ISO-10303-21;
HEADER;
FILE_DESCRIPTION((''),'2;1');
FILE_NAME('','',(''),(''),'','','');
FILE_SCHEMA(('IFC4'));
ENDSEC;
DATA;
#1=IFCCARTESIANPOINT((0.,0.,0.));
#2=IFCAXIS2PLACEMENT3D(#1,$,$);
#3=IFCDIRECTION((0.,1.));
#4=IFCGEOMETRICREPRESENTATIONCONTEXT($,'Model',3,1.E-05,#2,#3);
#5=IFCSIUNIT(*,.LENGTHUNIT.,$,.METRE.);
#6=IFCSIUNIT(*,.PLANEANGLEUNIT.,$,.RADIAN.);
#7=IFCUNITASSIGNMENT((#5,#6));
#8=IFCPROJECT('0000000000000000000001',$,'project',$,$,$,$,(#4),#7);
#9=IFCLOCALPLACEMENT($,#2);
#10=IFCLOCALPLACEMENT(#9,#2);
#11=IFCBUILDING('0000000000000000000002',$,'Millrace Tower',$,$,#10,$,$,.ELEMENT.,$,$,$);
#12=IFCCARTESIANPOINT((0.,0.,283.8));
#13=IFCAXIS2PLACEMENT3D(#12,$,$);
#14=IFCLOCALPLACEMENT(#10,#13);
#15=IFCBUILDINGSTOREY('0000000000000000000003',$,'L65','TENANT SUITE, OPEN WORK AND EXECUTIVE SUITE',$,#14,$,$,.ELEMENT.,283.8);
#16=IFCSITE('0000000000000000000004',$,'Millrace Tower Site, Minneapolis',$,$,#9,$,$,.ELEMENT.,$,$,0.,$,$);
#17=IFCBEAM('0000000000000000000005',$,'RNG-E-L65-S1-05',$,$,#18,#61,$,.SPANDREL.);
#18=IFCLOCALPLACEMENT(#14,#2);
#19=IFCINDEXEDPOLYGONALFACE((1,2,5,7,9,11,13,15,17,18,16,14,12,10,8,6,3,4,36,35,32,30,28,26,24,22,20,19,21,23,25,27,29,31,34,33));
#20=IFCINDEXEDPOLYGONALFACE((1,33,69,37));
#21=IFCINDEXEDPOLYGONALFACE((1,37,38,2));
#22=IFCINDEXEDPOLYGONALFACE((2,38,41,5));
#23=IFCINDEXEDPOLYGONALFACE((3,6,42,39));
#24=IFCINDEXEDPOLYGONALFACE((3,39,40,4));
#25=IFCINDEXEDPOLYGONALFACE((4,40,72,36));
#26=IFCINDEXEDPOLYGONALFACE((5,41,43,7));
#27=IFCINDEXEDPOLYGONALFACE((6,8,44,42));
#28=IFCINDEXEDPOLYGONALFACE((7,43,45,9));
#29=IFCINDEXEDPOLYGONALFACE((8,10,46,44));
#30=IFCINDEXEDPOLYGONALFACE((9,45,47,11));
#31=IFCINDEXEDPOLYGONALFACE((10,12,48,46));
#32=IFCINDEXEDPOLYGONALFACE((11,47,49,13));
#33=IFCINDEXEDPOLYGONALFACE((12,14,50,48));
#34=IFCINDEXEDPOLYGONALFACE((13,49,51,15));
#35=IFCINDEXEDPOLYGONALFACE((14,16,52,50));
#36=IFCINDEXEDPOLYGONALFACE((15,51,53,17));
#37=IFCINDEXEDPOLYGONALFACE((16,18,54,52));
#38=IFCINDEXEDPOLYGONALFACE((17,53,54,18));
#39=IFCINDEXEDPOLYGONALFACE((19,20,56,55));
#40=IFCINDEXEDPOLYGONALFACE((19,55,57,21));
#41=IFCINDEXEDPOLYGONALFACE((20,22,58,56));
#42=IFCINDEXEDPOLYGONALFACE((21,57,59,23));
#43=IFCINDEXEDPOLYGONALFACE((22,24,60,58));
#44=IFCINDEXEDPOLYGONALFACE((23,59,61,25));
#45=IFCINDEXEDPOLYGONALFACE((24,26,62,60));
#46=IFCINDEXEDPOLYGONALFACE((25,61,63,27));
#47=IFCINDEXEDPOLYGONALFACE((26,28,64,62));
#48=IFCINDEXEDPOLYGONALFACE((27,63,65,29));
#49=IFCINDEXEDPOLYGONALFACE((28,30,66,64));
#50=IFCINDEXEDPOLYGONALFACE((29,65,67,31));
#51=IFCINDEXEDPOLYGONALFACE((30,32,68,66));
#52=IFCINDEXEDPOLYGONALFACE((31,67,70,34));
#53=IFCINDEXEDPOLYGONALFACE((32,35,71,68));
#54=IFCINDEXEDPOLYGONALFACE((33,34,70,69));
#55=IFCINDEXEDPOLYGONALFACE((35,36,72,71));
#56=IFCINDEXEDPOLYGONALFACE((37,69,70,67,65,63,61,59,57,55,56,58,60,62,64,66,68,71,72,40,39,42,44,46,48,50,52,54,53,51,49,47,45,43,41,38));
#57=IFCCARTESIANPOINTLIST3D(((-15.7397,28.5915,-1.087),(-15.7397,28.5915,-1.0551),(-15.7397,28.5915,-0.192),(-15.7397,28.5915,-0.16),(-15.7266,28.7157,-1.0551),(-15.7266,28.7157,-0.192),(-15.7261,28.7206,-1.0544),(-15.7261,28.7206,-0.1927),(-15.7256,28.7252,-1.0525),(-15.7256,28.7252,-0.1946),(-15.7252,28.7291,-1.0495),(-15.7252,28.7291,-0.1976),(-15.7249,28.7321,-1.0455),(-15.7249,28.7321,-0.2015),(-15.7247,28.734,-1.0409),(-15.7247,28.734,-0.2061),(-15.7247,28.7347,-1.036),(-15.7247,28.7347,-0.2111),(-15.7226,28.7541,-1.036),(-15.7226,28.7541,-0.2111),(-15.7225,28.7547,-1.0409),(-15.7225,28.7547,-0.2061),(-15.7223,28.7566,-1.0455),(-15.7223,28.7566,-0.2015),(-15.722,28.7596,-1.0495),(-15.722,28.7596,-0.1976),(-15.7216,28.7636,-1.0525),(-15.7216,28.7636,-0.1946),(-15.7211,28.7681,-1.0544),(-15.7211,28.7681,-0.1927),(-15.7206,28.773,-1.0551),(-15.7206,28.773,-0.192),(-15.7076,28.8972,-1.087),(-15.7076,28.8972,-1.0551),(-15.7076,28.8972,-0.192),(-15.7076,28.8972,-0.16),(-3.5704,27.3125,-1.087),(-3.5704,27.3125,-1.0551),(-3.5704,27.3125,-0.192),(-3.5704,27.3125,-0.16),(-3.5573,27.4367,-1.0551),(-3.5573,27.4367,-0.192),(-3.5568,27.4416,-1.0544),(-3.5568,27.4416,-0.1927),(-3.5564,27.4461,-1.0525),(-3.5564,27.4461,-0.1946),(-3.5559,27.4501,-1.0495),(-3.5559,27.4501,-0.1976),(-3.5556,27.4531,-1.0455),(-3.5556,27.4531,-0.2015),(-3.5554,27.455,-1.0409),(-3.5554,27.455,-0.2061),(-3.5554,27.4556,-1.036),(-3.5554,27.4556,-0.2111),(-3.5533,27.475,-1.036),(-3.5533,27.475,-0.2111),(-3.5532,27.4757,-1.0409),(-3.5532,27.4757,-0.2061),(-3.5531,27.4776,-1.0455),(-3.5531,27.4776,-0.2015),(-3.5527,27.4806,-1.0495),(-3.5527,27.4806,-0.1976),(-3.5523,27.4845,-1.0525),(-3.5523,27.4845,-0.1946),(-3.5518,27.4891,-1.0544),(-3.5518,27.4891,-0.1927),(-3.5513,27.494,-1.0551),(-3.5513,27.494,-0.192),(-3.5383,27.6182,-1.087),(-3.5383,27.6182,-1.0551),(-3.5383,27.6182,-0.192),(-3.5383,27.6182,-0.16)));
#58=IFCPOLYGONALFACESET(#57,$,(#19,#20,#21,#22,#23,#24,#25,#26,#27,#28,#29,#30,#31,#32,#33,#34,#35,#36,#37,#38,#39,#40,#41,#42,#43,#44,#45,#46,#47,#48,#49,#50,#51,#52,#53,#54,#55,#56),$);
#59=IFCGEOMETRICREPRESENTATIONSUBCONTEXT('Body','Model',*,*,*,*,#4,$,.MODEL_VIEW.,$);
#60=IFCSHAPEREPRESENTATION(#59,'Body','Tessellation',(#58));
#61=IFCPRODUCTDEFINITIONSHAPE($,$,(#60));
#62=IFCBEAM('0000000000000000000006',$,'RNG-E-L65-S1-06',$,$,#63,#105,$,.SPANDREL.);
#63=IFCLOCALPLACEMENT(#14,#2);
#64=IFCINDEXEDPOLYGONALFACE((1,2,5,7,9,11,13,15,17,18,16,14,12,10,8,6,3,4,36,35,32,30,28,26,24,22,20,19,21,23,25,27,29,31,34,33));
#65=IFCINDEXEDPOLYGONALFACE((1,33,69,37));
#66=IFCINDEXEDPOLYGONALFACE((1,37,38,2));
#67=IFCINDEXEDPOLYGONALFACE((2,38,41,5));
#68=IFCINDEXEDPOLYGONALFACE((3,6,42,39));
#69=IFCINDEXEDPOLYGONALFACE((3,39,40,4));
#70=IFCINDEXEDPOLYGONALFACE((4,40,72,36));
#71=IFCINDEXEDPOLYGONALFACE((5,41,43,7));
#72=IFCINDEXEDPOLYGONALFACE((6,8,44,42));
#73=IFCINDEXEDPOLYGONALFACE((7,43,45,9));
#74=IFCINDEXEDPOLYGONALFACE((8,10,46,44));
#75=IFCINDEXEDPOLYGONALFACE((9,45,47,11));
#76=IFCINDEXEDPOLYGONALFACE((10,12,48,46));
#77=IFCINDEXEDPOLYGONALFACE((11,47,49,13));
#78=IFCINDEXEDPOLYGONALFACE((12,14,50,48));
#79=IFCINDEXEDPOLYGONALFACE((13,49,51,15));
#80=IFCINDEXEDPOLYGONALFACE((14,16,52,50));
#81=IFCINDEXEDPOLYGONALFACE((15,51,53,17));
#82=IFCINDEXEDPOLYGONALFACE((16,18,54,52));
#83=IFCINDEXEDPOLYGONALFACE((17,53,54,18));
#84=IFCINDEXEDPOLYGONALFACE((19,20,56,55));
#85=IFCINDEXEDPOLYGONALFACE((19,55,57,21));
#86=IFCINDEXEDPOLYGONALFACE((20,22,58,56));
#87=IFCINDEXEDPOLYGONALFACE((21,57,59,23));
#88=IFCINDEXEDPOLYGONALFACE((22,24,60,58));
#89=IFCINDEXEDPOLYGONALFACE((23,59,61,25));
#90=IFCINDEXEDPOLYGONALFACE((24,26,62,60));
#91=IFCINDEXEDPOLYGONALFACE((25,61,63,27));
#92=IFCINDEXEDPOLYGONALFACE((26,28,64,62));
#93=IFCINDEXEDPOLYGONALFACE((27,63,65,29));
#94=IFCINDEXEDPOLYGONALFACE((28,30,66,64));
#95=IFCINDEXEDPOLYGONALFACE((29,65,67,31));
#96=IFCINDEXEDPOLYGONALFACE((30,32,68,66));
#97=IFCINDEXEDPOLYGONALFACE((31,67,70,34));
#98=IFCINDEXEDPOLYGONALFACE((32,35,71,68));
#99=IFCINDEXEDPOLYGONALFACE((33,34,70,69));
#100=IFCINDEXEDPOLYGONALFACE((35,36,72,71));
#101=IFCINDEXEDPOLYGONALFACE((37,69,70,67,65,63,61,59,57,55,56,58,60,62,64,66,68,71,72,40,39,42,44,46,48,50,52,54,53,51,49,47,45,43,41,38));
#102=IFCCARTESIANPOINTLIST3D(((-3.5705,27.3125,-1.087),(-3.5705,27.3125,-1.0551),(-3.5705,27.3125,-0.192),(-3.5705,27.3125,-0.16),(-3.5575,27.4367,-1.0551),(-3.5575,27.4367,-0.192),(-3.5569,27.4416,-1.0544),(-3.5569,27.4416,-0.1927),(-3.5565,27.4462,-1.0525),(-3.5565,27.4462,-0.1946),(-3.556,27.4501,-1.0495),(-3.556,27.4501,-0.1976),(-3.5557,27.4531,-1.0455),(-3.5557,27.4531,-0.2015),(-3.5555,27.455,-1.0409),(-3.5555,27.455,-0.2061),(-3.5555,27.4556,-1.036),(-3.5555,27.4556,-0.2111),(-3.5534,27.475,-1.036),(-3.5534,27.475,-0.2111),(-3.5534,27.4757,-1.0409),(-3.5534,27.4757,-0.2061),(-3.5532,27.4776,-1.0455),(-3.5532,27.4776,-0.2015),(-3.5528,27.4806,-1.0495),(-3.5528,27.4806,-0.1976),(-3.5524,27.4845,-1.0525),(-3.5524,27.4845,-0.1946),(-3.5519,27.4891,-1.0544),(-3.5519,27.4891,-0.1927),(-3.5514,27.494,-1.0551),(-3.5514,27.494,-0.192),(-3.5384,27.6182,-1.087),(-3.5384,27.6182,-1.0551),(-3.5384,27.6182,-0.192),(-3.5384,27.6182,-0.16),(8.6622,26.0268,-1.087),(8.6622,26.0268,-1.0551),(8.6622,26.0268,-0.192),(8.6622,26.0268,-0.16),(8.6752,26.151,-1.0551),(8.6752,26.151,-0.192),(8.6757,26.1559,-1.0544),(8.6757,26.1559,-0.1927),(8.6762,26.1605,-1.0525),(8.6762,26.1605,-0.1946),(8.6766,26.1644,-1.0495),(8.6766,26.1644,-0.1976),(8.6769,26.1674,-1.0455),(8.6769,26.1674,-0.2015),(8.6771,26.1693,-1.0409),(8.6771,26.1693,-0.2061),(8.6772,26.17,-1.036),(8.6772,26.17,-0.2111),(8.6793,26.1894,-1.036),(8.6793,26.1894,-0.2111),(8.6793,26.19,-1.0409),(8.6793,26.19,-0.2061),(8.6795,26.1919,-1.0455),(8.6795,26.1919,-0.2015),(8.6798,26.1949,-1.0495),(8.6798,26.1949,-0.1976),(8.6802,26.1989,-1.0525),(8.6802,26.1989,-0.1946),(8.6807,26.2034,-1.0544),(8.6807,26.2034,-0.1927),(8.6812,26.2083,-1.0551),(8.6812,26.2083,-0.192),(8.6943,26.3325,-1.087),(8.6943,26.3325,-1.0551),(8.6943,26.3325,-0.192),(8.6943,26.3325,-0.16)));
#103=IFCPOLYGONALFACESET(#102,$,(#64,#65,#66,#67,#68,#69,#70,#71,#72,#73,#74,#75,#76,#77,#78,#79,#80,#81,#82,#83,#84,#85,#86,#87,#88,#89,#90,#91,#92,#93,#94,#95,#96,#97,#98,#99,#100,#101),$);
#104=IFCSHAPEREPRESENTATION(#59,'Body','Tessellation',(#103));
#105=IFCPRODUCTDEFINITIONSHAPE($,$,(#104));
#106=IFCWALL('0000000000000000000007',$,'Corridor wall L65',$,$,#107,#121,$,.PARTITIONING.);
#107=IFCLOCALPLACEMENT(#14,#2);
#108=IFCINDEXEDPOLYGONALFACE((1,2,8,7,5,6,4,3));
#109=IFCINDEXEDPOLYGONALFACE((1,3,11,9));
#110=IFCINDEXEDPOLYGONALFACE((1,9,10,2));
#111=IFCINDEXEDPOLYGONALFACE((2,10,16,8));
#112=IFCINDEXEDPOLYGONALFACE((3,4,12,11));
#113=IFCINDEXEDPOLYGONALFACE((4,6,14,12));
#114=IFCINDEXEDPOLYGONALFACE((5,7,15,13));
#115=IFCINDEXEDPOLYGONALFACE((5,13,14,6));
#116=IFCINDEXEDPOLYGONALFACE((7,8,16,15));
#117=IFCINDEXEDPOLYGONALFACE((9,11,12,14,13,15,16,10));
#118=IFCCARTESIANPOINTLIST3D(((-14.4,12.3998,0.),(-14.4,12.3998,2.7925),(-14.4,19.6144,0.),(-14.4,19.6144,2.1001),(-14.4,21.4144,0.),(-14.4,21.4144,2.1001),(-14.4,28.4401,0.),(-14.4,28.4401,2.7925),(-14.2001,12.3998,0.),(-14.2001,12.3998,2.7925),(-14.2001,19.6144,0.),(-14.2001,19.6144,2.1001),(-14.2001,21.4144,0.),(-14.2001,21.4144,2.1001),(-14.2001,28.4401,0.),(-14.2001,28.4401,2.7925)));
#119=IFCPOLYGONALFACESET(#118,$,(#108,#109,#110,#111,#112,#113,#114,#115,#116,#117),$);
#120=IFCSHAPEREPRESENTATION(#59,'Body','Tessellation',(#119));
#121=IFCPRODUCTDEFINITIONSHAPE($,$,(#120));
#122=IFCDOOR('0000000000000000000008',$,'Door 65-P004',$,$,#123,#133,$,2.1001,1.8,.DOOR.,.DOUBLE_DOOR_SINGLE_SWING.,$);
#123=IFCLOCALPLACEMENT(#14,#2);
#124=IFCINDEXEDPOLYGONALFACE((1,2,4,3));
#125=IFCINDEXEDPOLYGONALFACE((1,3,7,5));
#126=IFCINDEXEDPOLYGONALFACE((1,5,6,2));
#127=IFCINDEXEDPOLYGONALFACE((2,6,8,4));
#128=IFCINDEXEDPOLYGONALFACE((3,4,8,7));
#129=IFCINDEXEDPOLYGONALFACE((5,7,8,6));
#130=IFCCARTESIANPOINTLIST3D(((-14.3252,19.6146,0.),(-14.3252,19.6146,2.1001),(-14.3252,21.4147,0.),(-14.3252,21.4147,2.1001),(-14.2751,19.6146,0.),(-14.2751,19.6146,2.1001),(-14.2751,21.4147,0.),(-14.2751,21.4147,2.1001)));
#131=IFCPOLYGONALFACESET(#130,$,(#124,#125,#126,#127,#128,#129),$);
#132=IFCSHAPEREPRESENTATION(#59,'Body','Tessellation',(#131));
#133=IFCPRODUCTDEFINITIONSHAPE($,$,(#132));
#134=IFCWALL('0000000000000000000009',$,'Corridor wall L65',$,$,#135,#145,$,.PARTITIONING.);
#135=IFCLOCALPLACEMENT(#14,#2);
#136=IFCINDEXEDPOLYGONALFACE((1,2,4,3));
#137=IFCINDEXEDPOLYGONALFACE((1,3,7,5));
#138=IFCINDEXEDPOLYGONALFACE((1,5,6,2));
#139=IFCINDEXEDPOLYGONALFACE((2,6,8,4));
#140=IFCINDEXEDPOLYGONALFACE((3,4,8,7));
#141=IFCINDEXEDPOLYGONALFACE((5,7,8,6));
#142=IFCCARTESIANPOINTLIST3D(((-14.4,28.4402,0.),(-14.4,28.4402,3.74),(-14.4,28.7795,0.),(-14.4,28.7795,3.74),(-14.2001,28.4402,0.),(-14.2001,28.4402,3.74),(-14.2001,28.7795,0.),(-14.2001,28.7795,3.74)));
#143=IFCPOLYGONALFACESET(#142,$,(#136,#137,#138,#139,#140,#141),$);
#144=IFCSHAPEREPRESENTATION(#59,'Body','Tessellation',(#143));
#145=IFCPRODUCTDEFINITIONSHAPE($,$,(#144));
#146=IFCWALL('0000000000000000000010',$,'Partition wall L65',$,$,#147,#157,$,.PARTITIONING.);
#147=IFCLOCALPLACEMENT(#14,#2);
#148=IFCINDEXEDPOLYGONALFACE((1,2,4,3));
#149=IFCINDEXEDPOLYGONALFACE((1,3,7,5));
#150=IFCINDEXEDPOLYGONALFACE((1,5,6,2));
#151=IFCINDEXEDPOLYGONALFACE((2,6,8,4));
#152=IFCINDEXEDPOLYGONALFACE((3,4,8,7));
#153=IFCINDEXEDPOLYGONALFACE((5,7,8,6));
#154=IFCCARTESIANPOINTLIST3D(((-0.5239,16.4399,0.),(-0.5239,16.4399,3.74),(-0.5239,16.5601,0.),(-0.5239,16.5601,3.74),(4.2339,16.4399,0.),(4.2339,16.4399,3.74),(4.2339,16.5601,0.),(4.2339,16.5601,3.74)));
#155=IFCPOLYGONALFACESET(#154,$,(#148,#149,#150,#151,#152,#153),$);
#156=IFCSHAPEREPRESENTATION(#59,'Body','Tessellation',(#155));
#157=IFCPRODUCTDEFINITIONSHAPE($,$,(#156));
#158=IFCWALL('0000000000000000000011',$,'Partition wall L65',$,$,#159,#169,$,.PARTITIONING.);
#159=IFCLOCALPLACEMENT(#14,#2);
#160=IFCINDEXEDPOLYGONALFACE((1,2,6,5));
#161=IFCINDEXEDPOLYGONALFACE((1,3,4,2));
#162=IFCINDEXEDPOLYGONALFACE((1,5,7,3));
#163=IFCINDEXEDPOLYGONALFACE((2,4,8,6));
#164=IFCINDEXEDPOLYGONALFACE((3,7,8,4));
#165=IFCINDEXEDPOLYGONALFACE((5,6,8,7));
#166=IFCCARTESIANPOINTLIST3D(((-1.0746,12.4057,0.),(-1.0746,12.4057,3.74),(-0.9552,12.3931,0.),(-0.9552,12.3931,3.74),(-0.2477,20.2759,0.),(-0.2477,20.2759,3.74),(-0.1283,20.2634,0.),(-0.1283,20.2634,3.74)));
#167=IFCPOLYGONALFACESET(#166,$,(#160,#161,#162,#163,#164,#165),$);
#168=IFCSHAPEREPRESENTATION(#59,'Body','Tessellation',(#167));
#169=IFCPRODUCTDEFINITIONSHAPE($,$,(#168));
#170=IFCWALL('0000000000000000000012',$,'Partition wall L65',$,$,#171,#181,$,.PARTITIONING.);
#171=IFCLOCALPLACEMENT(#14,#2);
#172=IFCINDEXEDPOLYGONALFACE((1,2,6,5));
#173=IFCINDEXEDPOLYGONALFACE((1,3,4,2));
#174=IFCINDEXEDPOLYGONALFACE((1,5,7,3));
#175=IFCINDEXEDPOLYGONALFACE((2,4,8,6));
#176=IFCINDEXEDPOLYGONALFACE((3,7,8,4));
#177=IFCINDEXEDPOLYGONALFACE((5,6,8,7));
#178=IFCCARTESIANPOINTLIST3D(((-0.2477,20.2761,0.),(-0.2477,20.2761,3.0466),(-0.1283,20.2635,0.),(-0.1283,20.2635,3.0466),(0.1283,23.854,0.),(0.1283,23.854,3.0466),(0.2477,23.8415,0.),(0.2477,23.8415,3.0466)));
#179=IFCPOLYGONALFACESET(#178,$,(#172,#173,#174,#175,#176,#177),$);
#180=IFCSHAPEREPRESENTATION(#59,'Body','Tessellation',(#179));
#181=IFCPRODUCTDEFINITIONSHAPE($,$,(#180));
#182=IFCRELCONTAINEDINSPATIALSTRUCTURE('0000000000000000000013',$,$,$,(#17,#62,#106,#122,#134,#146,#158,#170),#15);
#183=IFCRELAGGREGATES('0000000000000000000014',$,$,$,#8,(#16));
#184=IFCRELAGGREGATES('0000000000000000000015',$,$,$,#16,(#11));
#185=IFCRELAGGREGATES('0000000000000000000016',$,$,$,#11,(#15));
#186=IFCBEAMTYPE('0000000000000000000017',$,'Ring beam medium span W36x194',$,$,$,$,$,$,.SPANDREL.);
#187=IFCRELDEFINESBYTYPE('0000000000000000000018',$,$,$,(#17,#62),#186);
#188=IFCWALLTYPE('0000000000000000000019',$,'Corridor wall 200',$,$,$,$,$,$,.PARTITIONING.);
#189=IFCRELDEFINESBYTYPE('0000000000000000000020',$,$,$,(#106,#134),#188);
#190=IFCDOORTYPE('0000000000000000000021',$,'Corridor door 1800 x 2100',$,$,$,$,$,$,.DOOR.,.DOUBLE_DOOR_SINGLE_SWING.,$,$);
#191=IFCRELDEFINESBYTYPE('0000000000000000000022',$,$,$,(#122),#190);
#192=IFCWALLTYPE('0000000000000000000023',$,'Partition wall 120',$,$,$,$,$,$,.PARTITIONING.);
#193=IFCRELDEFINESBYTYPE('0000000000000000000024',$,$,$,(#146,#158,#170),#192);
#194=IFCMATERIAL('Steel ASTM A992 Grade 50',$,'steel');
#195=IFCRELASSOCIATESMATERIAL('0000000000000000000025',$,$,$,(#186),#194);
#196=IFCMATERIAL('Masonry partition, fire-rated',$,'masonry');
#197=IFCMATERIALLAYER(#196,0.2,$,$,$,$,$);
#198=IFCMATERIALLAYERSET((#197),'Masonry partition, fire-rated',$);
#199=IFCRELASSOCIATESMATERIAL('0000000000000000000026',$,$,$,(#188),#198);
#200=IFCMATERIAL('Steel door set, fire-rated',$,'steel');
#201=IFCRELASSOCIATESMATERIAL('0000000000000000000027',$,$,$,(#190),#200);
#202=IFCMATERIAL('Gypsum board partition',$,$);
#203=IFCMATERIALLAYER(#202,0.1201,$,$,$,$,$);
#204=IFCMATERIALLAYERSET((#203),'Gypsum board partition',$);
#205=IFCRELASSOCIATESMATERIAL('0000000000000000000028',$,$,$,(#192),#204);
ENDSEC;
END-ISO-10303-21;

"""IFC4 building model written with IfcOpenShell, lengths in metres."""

from ifc_helpers import new_model, si_unit, direction, frame, frame_2d, origin, origin_2d, place, context, subcontext, project, spatial, rectangle, i_section, extrude, material, layer, layer_set, material_profile, profile_set, type_object, element, fill, save


model = new_model("IFC4")

# Units and contexts
model_context = context("Model", 3, precision=1e-05, world=origin(), true_north=direction((0.0, 1.0)))
body_context = subcontext(model_context, "Body", "Model", "MODEL_VIEW")
ifc_project = project(units=[si_unit("LENGTHUNIT", "METRE"), si_unit("PLANEANGLEUNIT", "RADIAN")], contexts=[model_context])

# Site, building, storey
site_placement = place(None, origin())
site = spatial("IfcSite", under=ifc_project, at=site_placement, Name="Millrace Tower Site, Minneapolis", CompositionType="ELEMENT", RefElevation=0.0)
building_placement = place(site_placement, origin())
building = spatial("IfcBuilding", under=site, at=building_placement, Name="Millrace Tower", CompositionType="ELEMENT")
storey_placement = place(building_placement, frame((0.0, 0.0, 283.8)))
storey = spatial("IfcBuildingStorey", under=building, at=storey_placement, Name="L65", Description="TENANT SUITE, OPEN WORK AND EXECUTIVE SUITE", CompositionType="ELEMENT", Elevation=283.8)

# Beams
ifc_material_1 = material(Name="Steel ASTM A992 Grade 50", Category="steel")
ifc_material_profile_1 = material_profile(ifc_material_1, i_section(OverallWidth=0.3074, OverallDepth=0.927, WebThickness=0.0195, FlangeThickness=0.032, FilletRadius=0.019, at=origin_2d()))
ifc_profile_set_1 = profile_set([ifc_material_profile_1], Name="Steel ASTM A992 Grade 50")
beam_type_1 = type_object("IfcBeamType", Name="Ring beam medium span W36x194", PredefinedType="SPANDREL", material=ifc_profile_set_1)
beam_1_placement = place(storey_placement, frame((-15.7236, 28.7444, -0.6235), z_axis=(0.994522, -0.10453, 0.0), x_axis=(0.10453, 0.994522, 0.0)))
element("IfcBeam", 1, at=beam_1_placement, inside=storey, type_object=beam_type_1, Name="RNG-E-L65-S1-05", PredefinedType="SPANDREL", context=body_context, shape_type="SweptSolid", body=[
    extrude(i_section(OverallWidth=0.3074, OverallDepth=0.927, WebThickness=0.0195, FlangeThickness=0.032, FilletRadius=0.019, at=origin_2d()), origin(), (0.0, 0.0, 1.0), 12.2363),
])
beam_2_placement = place(storey_placement, frame((-3.5544, 27.4653, -0.6235), z_axis=(0.994522, -0.104524, 0.0), x_axis=(0.104524, 0.994522, 0.0)))
element("IfcBeam", 2, at=beam_2_placement, inside=storey, type_object=beam_type_1, Name="RNG-E-L65-S1-06", PredefinedType="SPANDREL", context=body_context, shape_type="SweptSolid", body=[
    extrude(i_section(OverallWidth=0.3074, OverallDepth=0.927, WebThickness=0.0195, FlangeThickness=0.032, FilletRadius=0.019, at=origin_2d()), origin(), (0.0, 0.0, 1.0), 12.3),
])

# Wall, opening, door
ifc_material_2 = material(Name="Masonry partition, fire-rated", Category="masonry")
ifc_layer_1 = layer(ifc_material_2, 0.2)
ifc_layer_set_1 = layer_set([ifc_layer_1], Name="Masonry partition, fire-rated")
wall_type_1 = type_object("IfcWallType", Name="Corridor wall 200", PredefinedType="PARTITIONING", material=ifc_layer_set_1)
wall_1_placement = place(storey_placement, frame((-14.3, 12.3999, 0.0), z_axis=(0.0, 0.0, 1.0), x_axis=(0.0, 1.0, 0.0)))
wall_1 = element("IfcWall", 3, at=wall_1_placement, inside=storey, type_object=wall_type_1, Name="Corridor wall L65", PredefinedType="PARTITIONING", context=body_context, shape_type="SweptSolid", body=[
    extrude(rectangle(XDim=16.0403, YDim=0.2, at=frame_2d((8.02, 0.0))), origin(), (0.0, 0.0, 1.0), 2.7925),
])
opening_placement = place(wall_1_placement, frame((7.2146, 0.0, 0.0)))
opening = element("IfcOpeningElement", 4, at=opening_placement, cuts=wall_1, PredefinedType="OPENING", context=body_context, shape_type="SweptSolid", body=[
    extrude(rectangle(XDim=1.8, YDim=2.1001, at=frame_2d((0.8999, 1.05))), frame((0.0, 0.1099, 0.0), z_axis=(0.0, -1.0, 0.0), x_axis=(1.0, 0.0, 0.0)), (0.0, 0.0, 1.0), 0.22),
])
ifc_material_3 = material(Name="Steel door set, fire-rated", Category="steel")
door_type = type_object("IfcDoorType", Name="Corridor door 1800 x 2100", OperationType="DOUBLE_DOOR_SINGLE_SWING", PredefinedType="DOOR", material=ifc_material_3)
door_placement = place(opening_placement, frame((1.8, 0.0, 0.0), z_axis=(0.0, 0.0, 1.0), x_axis=(-1.0, 0.0, 0.0)))
door = element("IfcDoor", 5, at=door_placement, inside=storey, type_object=door_type, Name="Door 65-P004", OperationType="DOUBLE_DOOR_SINGLE_SWING", OverallHeight=2.1001, OverallWidth=1.8, PredefinedType="DOOR", context=body_context, shape_type="SweptSolid", body=[
    extrude(rectangle(XDim=1.8, YDim=2.1001, at=frame_2d((0.8999, 1.05))), frame((0.0, 0.0249, 0.0), z_axis=(0.0, -1.0, 0.0), x_axis=(1.0, 0.0, 0.0)), (0.0, 0.0, 1.0), 0.05),
])
fill(opening, door)

# Walls
wall_2_placement = place(storey_placement, frame((-14.3, 28.4402, 0.0), z_axis=(0.0, 0.0, 1.0), x_axis=(0.0, 1.0, 0.0)))
element("IfcWall", 6, at=wall_2_placement, inside=storey, type_object=wall_type_1, Name="Corridor wall L65", PredefinedType="PARTITIONING", context=body_context, shape_type="SweptSolid", body=[
    extrude(rectangle(XDim=0.3394, YDim=0.2, at=frame_2d((0.1697, 0.0))), origin(), (0.0, 0.0, 1.0), 3.74),
])
ifc_material_4 = material(Name="Gypsum board partition")
ifc_layer_2 = layer(ifc_material_4, 0.1201)
ifc_layer_set_2 = layer_set([ifc_layer_2], Name="Gypsum board partition")
wall_type_2 = type_object("IfcWallType", Name="Partition wall 120", PredefinedType="PARTITIONING", material=ifc_layer_set_2)
wall_3_placement = place(storey_placement, frame((-0.5239, 16.5, 0.0), z_axis=(0.0, 0.0, 1.0), x_axis=(1.0, 0.0, 0.0)))
element("IfcWall", 7, at=wall_3_placement, inside=storey, type_object=wall_type_2, Name="Partition wall L65", PredefinedType="PARTITIONING", context=body_context, shape_type="SweptSolid", body=[
    extrude(rectangle(XDim=4.7578, YDim=0.1201, at=frame_2d((2.3789, 0.0))), origin(), (0.0, 0.0, 1.0), 3.74),
])
wall_4_placement = place(storey_placement, frame((-1.0149, 12.3994, 0.0), z_axis=(0.0, 0.0, 1.0), x_axis=(0.10449, 0.994526, 0.0)))
element("IfcWall", 8, at=wall_4_placement, inside=storey, type_object=wall_type_2, Name="Partition wall L65", PredefinedType="PARTITIONING", context=body_context, shape_type="SweptSolid", body=[
    extrude(rectangle(XDim=7.9136, YDim=0.1201, at=frame_2d((3.9568, 0.0))), origin(), (0.0, 0.0, 1.0), 3.74),
])
wall_5_placement = place(storey_placement, frame((-0.188, 20.2698, 0.0), z_axis=(0.0, 0.0, 1.0), x_axis=(0.104508, 0.994524, 0.0)))
element("IfcWall", 9, at=wall_5_placement, inside=storey, type_object=wall_type_2, Name="Partition wall L65", PredefinedType="PARTITIONING", context=body_context, shape_type="SweptSolid", body=[
    extrude(rectangle(XDim=3.5977, YDim=0.1201, at=frame_2d((1.7988, 0.0))), origin(), (0.0, 0.0, 1.0), 3.0466),
])

save(model, "model.ifc")
